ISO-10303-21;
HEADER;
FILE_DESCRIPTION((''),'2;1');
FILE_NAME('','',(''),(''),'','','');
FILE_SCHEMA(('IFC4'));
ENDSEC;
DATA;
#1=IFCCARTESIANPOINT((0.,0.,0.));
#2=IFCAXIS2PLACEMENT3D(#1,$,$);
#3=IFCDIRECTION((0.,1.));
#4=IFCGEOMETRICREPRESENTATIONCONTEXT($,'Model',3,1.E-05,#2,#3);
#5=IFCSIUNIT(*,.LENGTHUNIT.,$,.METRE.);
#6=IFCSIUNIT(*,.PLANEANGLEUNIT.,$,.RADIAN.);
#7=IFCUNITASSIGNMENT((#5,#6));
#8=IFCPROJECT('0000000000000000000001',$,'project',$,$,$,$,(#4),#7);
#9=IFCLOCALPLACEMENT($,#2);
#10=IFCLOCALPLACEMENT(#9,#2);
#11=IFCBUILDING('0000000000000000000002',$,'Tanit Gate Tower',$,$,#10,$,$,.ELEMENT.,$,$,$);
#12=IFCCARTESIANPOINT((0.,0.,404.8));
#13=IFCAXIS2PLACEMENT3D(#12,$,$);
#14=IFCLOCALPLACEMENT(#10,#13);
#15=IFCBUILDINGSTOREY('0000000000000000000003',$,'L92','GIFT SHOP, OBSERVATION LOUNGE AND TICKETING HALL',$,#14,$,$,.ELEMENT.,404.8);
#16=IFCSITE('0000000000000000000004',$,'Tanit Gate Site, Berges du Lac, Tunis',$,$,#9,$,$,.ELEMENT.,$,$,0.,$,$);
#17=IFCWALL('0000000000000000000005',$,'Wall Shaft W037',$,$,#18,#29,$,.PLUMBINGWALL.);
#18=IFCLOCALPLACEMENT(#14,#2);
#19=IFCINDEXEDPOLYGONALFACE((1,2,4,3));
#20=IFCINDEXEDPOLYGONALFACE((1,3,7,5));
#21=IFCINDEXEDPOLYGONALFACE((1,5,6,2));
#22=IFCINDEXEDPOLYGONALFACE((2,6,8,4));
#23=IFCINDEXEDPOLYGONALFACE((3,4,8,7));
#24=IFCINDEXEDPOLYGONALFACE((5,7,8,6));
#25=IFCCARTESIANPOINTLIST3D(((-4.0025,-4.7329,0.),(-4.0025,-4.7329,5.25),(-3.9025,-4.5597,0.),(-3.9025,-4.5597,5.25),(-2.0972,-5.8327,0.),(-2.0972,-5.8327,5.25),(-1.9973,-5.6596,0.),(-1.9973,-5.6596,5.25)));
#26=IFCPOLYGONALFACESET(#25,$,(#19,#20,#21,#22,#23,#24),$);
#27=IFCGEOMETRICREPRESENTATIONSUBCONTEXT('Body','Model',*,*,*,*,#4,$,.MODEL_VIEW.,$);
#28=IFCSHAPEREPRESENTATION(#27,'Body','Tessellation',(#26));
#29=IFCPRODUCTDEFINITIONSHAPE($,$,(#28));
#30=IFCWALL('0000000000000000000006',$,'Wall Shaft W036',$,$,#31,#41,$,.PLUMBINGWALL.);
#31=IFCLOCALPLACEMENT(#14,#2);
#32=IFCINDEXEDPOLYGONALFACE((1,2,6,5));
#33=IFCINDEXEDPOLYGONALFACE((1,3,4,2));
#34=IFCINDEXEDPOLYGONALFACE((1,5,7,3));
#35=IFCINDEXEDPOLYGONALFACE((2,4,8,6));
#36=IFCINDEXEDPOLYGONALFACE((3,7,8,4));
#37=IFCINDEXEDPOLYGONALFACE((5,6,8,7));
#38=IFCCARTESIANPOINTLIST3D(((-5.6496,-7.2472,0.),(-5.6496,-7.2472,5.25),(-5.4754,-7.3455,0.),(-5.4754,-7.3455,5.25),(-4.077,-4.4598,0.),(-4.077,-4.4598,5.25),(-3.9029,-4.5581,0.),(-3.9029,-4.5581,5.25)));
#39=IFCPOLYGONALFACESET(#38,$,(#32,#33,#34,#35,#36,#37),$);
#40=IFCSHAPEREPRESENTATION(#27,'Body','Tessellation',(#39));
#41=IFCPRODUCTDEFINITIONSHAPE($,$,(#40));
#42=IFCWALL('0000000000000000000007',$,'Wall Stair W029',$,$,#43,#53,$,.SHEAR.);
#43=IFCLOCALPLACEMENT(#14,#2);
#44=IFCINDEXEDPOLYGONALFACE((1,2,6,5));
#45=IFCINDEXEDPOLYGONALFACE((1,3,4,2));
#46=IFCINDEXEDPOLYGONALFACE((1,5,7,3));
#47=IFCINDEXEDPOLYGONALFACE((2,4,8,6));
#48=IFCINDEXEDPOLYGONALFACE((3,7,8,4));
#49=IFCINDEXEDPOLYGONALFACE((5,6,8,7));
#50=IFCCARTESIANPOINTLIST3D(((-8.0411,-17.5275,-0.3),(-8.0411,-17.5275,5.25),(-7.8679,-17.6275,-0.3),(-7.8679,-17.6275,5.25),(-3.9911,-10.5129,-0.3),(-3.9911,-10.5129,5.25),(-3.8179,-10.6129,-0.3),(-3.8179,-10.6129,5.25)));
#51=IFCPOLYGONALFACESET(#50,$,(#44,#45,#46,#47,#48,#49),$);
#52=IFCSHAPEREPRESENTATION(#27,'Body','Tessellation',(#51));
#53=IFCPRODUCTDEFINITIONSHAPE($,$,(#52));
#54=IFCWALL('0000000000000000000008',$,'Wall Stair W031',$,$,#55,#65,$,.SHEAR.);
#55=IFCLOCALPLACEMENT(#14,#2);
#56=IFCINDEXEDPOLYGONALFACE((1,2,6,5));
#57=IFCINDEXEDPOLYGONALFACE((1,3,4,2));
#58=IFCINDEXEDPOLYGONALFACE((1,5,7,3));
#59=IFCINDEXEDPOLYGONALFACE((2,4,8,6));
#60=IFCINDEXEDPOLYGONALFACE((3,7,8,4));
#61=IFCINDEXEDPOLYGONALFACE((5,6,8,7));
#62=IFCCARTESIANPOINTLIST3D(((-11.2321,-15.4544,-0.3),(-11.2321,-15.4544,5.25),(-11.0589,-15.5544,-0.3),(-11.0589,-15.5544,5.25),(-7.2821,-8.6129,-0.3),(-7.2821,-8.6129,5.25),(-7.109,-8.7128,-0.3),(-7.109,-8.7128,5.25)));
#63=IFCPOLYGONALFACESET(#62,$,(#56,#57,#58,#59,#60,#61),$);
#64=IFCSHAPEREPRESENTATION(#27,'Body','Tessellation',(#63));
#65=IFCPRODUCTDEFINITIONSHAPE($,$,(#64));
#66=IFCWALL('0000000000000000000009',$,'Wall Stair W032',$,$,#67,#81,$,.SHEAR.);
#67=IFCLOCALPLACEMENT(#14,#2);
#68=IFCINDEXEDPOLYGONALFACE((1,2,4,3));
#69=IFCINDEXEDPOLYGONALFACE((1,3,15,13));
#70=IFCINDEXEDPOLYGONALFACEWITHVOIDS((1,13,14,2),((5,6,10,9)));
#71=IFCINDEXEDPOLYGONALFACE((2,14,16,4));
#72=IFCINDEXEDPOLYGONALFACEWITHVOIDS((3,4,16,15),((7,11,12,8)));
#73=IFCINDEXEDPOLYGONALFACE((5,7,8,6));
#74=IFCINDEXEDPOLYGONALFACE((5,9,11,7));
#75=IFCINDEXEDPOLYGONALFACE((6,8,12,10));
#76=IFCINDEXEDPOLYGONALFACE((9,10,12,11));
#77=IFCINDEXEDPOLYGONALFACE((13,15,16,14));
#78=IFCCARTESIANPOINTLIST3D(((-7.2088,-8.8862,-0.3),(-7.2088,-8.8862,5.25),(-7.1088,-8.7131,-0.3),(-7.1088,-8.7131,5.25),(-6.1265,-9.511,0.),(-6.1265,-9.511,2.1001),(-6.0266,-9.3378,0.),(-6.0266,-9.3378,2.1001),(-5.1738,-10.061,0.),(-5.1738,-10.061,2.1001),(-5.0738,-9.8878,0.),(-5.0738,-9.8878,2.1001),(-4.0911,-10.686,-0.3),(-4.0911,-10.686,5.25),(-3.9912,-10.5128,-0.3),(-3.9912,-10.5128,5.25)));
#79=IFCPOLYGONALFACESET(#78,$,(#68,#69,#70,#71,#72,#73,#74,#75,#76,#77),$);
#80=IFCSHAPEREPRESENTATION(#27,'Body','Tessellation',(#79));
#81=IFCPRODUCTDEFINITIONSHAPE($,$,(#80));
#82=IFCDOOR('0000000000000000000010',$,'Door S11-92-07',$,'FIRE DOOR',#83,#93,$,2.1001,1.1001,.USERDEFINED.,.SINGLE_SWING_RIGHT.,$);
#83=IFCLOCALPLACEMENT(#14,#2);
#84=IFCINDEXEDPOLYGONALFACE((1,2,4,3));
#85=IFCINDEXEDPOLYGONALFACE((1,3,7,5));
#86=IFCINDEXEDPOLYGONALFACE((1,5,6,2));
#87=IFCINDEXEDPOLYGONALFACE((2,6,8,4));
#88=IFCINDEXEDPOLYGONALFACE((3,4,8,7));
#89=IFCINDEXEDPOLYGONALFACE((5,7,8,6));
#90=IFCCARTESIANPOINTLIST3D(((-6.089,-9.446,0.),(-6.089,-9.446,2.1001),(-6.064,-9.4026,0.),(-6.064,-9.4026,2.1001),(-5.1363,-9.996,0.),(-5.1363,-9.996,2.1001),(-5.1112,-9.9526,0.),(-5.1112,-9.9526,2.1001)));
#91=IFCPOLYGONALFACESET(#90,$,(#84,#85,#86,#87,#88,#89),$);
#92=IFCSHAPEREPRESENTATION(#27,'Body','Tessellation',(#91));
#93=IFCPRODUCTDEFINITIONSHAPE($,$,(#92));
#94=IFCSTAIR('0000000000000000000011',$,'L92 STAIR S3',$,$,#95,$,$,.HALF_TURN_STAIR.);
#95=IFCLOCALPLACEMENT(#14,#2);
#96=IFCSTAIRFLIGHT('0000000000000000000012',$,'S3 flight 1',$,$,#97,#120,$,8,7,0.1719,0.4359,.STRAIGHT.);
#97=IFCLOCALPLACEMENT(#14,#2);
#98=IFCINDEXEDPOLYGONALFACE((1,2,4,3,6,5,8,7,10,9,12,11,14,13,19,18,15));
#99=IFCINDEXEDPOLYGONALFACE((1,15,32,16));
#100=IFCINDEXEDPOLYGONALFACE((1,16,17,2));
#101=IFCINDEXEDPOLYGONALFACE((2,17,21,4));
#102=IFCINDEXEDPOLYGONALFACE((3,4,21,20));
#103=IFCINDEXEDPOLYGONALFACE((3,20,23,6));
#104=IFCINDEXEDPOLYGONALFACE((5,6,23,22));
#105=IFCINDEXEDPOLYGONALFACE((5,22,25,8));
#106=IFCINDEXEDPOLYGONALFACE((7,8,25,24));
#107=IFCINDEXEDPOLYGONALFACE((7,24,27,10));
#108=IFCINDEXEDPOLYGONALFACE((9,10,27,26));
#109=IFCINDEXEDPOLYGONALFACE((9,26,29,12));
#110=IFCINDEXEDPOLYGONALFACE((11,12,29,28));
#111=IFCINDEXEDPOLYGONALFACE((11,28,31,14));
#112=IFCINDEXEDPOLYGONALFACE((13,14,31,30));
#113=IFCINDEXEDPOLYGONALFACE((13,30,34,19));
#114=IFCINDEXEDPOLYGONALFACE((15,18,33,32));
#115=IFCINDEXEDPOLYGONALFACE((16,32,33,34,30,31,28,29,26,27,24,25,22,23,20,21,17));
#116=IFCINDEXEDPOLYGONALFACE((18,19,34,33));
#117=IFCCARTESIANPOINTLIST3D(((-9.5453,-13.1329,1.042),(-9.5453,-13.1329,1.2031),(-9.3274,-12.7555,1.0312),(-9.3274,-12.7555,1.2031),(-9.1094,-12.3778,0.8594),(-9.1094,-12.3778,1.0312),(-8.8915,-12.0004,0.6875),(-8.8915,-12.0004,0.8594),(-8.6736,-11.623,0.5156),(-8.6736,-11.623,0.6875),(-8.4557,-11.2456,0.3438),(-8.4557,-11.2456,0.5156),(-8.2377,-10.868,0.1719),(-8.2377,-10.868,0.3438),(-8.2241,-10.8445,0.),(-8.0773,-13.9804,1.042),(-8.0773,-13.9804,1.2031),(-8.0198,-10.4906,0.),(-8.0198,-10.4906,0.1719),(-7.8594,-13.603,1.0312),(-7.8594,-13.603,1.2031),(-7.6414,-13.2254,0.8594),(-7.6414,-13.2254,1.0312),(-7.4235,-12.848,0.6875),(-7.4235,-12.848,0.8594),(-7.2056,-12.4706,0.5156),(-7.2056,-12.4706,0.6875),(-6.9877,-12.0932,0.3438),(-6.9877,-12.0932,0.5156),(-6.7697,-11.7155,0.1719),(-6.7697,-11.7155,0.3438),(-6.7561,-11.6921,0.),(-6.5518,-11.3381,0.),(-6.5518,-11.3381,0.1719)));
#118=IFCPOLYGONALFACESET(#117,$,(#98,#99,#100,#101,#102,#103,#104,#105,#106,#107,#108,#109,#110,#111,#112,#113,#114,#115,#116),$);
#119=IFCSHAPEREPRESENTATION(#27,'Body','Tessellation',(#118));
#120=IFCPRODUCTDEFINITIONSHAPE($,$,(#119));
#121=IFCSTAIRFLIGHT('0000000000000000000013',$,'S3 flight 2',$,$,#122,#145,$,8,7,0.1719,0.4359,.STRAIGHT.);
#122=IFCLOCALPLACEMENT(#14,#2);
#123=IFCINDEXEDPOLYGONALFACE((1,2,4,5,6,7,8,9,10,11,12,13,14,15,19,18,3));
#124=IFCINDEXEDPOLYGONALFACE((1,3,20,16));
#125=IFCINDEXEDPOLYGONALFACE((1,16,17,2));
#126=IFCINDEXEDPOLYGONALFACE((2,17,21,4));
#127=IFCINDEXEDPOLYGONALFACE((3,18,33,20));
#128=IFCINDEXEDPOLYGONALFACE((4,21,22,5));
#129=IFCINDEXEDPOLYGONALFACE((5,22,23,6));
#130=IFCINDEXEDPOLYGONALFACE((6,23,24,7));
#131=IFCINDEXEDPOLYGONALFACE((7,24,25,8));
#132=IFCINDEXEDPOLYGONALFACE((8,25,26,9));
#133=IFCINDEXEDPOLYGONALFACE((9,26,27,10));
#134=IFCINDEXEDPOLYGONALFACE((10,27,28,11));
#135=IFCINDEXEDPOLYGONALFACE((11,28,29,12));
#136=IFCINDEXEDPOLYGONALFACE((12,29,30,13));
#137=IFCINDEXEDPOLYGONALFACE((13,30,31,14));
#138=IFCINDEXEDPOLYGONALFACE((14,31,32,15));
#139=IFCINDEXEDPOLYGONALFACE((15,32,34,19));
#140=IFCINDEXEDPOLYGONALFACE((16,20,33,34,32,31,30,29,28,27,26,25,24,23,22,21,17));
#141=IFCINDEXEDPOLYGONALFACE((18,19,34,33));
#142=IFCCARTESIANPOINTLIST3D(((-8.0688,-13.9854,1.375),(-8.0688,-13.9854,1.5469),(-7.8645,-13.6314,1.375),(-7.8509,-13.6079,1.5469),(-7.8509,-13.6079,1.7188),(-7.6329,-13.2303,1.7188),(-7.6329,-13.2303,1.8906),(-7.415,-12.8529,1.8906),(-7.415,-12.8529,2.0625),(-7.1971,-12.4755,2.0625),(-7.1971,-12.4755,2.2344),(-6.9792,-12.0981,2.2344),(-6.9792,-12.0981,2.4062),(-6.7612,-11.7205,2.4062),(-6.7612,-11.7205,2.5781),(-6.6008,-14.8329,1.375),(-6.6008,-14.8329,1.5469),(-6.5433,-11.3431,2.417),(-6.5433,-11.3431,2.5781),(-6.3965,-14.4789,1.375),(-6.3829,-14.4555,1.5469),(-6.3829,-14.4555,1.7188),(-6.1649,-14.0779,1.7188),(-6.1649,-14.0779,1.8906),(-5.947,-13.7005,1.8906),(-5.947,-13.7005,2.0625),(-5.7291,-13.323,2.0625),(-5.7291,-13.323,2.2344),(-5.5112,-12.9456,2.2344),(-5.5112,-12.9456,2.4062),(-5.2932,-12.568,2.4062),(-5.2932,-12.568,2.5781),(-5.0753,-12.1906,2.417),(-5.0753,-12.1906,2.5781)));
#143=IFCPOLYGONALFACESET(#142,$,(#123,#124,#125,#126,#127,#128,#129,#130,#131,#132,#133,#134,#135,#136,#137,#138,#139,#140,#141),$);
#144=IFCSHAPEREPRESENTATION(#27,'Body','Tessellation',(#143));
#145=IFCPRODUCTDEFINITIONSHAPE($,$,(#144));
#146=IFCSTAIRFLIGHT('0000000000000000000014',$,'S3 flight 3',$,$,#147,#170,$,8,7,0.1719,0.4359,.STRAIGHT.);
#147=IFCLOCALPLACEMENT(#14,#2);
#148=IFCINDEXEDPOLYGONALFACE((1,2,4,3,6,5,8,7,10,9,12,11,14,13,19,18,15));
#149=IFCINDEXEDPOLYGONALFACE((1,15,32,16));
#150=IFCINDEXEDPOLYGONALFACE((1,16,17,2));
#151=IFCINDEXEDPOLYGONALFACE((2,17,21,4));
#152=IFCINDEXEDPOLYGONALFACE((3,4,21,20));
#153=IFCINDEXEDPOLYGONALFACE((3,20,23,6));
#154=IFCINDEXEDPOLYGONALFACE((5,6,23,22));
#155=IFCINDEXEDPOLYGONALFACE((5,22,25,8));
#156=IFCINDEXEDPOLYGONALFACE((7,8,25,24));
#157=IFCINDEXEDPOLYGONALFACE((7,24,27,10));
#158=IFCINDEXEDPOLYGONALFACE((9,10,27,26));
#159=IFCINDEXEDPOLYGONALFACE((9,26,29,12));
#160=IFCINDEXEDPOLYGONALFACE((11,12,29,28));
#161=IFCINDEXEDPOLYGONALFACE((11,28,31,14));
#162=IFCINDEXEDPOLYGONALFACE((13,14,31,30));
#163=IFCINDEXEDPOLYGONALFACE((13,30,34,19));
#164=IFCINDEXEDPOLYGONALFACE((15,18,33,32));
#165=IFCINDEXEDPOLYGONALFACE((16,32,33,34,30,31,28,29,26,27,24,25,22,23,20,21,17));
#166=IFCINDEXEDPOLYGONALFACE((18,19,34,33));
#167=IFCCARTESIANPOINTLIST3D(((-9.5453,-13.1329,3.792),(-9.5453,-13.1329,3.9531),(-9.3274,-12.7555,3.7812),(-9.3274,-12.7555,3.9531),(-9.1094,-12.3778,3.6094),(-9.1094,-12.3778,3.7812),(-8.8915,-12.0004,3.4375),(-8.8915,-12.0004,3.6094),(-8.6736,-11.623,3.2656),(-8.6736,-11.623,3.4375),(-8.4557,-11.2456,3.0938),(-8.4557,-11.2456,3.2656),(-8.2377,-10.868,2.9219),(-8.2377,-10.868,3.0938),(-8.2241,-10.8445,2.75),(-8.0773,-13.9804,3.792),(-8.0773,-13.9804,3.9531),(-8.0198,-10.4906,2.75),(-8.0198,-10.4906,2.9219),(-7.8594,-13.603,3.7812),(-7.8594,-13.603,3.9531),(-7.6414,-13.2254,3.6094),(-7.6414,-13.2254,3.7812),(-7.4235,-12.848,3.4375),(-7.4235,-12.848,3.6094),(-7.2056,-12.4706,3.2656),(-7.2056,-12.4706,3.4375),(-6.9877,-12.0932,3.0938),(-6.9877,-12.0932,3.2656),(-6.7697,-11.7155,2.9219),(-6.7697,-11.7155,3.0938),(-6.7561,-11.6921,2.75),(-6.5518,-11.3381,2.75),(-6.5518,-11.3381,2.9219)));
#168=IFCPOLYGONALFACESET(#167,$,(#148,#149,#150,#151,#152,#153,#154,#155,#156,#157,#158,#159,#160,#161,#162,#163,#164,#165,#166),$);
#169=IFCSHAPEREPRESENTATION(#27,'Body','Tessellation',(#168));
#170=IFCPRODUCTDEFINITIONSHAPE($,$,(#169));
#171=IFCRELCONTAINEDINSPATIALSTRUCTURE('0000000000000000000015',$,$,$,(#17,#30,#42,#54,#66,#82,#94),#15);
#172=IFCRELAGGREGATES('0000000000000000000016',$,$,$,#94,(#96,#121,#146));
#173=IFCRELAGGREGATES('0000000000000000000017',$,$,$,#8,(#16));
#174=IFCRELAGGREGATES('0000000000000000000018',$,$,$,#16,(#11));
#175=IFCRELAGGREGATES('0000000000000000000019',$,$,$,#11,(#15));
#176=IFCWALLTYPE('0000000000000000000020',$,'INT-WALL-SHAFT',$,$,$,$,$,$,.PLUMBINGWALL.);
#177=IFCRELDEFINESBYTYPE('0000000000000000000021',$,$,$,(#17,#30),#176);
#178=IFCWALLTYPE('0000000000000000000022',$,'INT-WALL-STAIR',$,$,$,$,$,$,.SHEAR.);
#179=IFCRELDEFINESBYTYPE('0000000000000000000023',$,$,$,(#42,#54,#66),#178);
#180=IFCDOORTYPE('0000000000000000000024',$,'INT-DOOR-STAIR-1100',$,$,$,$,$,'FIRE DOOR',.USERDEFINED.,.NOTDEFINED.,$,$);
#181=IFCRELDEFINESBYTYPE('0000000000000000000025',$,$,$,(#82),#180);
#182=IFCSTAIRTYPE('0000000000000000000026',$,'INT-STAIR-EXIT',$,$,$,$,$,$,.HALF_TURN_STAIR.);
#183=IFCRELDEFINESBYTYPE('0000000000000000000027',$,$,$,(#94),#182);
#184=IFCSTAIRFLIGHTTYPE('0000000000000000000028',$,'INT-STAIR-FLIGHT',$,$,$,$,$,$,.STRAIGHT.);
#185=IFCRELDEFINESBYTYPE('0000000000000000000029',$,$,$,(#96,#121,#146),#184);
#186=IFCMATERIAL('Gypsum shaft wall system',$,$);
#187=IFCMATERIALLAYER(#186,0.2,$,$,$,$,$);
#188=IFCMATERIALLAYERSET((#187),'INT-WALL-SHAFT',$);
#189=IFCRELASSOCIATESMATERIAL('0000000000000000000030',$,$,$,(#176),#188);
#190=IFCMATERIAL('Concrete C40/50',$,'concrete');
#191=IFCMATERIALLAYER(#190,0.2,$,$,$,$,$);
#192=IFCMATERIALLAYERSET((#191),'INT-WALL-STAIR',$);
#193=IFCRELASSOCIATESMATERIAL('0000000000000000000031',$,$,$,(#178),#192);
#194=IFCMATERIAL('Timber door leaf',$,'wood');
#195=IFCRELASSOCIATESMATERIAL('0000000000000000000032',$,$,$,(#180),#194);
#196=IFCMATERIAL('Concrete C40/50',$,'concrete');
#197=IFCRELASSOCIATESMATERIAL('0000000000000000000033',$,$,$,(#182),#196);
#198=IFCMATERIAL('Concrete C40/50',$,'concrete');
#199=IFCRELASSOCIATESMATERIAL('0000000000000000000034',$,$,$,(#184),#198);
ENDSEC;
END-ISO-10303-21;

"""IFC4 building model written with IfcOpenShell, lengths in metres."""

from ifc_helpers import new_model, si_unit, direction, frame, frame_2d, origin, place, context, subcontext, project, spatial, polyline, rectangle, outline, extrude, material, layer, layer_set, type_object, element, fill, aggregate, save


model = new_model("IFC4")

# Units and contexts
model_context = context("Model", 3, precision=1e-05, world=origin(), true_north=direction((0.0, 1.0)))
body_context = subcontext(model_context, "Body", "Model", "MODEL_VIEW")
ifc_project = project(units=[si_unit("LENGTHUNIT", "METRE"), si_unit("PLANEANGLEUNIT", "RADIAN")], contexts=[model_context])

# Site, building, storey
site_placement = place(None, origin())
site = spatial("IfcSite", under=ifc_project, at=site_placement, Name="Tanit Gate Site, Berges du Lac, Tunis", CompositionType="ELEMENT", RefElevation=0.0)
building_placement = place(site_placement, origin())
building = spatial("IfcBuilding", under=site, at=building_placement, Name="Tanit Gate Tower", CompositionType="ELEMENT")
storey_placement = place(building_placement, frame((0.0, 0.0, 404.8)))
storey = spatial("IfcBuildingStorey", under=building, at=storey_placement, Name="L92", Description="GIFT SHOP, OBSERVATION LOUNGE AND TICKETING HALL", CompositionType="ELEMENT", Elevation=404.8)

# Shared definitions
ifc_material_1 = material(Name="Gypsum shaft wall system")
ifc_layer_1 = layer(ifc_material_1, 0.2)
ifc_layer_set_1 = layer_set([ifc_layer_1], Name="INT-WALL-SHAFT")
wall_type_1 = type_object("IfcWallType", Name="INT-WALL-SHAFT", PredefinedType="PLUMBINGWALL", material=ifc_layer_set_1)

# Walls
wall_1_placement = place(storey_placement, frame((-3.9526, -4.6462, 0.0), z_axis=(0.0, 0.0, 1.0), x_axis=(0.866056, -0.499947, 0.0)))
element("IfcWall", 1, at=wall_1_placement, inside=storey, type_object=wall_type_1, Name="Wall Shaft W037", PredefinedType="PLUMBINGWALL", context=body_context, shape_type="SweptSolid", body=[
    extrude(rectangle(XDim=2.2, YDim=0.2, at=frame_2d((1.1001, 0.0))), origin(), (0.0, 0.0, 1.0), 5.25),
])
wall_2_placement = place(storey_placement, frame((-3.99, -4.509, 0.0), z_axis=(0.0, 0.0, 1.0), x_axis=(-0.491358, -0.870958, 0.0)))
element("IfcWall", 2, at=wall_2_placement, inside=storey, type_object=wall_type_1, Name="Wall Shaft W036", PredefinedType="PLUMBINGWALL", context=body_context, shape_type="SweptSolid", body=[
    extrude(rectangle(XDim=3.2004, YDim=0.2, at=frame_2d((1.6001, 0.0))), origin(), (0.0, 0.0, 1.0), 5.25),
])
ifc_material_2 = material(Name="Concrete C40/50", Category="concrete")
ifc_layer_2 = layer(ifc_material_2, 0.2)
ifc_layer_set_2 = layer_set([ifc_layer_2], Name="INT-WALL-STAIR")
wall_type_2 = type_object("IfcWallType", Name="INT-WALL-STAIR", PredefinedType="SHEAR", material=ifc_layer_set_2)
wall_3_placement = place(storey_placement, frame((-3.9045, -10.563, -0.3), z_axis=(0.0, 0.0, 1.0), x_axis=(-0.500013, -0.866018, 0.0)))
element("IfcWall", 3, at=wall_3_placement, inside=storey, type_object=wall_type_2, Name="Wall Stair W029", PredefinedType="SHEAR", context=body_context, shape_type="SweptSolid", body=[
    extrude(rectangle(XDim=8.0999, YDim=0.2, at=frame_2d((4.0498, 0.0))), origin(), (0.0, 0.0, 1.0), 5.55),
])
wall_4_placement = place(storey_placement, frame((-7.1956, -8.6628, -0.3), z_axis=(0.0, 0.0, 1.0), x_axis=(-0.499998, -0.866027, 0.0)))
element("IfcWall", 4, at=wall_4_placement, inside=storey, type_object=wall_type_2, Name="Wall Stair W031", PredefinedType="SHEAR", context=body_context, shape_type="SweptSolid", body=[
    extrude(rectangle(XDim=7.8999, YDim=0.2, at=frame_2d((3.95, 0.0))), origin(), (0.0, 0.0, 1.0), 5.55),
])

# Wall, opening, door
wall_5_placement = place(storey_placement, frame((-4.0413, -10.5994, -0.3), z_axis=(0.0, 0.0, 1.0), x_axis=(-0.866048, 0.499961, 0.0)))
wall_5 = element("IfcWall", 5, at=wall_5_placement, inside=storey, type_object=wall_type_2, Name="Wall Stair W032", PredefinedType="SHEAR", context=body_context, shape_type="SweptSolid", body=[
    extrude(rectangle(XDim=3.5999, YDim=0.2, at=frame_2d((1.7998, 0.0))), origin(), (0.0, 0.0, 1.0), 5.55),
])
opening_1_placement = place(wall_5_placement, frame((1.25, 0.0, 0.3)))
opening_1 = element("IfcOpeningElement", 6, at=opening_1_placement, cuts=wall_5, PredefinedType="OPENING", context=body_context, shape_type="SweptSolid", body=[
    extrude(rectangle(XDim=1.1001, YDim=2.1001, at=frame_2d((0.55, 1.05))), frame((0.0, 0.1099, 0.0), z_axis=(0.0, -1.0, 0.0), x_axis=(1.0, 0.0, 0.0)), (0.0, 0.0, 1.0), 0.22),
])
ifc_material_3 = material(Name="Timber door leaf", Category="wood")
door_type_1 = type_object("IfcDoorType", Name="INT-DOOR-STAIR-1100", ElementType="FIRE DOOR", OperationType="NOTDEFINED", PredefinedType="USERDEFINED", material=ifc_material_3)
door_1_placement = place(opening_1_placement, origin())
door_1 = element("IfcDoor", 7, at=door_1_placement, inside=storey, type_object=door_type_1, Name="Door S11-92-07", ObjectType="FIRE DOOR", OperationType="SINGLE_SWING_RIGHT", OverallHeight=2.1001, OverallWidth=1.1001, PredefinedType="USERDEFINED", context=body_context, shape_type="SweptSolid", body=[
    extrude(rectangle(XDim=1.1001, YDim=2.1001, at=frame_2d((0.55, 1.05))), frame((0.0, 0.0249, 0.0), z_axis=(0.0, -1.0, 0.0), x_axis=(1.0, 0.0, 0.0)), (0.0, 0.0, 1.0), 0.05),
])
fill(opening_1, door_1)

# Stair, stair flights
ifc_material_4 = material(Name="Concrete C40/50", Category="concrete")
stair_type = type_object("IfcStairType", Name="INT-STAIR-EXIT", PredefinedType="HALF_TURN_STAIR", material=ifc_material_4)
stair_placement = place(storey_placement, origin())
stair = element("IfcStair", 8, at=stair_placement, inside=storey, type_object=stair_type, Name="L92 STAIR S3", PredefinedType="HALF_TURN_STAIR")
ifc_material_5 = material(Name="Concrete C40/50", Category="concrete")
stair_flight_type = type_object("IfcStairFlightType", Name="INT-STAIR-FLIGHT", PredefinedType="STRAIGHT", material=ifc_material_5)
stair_flight_1_placement = place(storey_placement, frame((-7.2859, -10.9143, 0.0), z_axis=(0.0, 0.0, 1.0), x_axis=(-0.5, -0.866025, 0.0)))
stair_flight_1 = element("IfcStairFlight", 9, at=stair_flight_1_placement, type_object=stair_flight_type, Name="S3 flight 1", NumberOfRisers=8, NumberOfTreads=7, PredefinedType="STRAIGHT", RiserHeight=0.1719, TreadLength=0.4359, context=body_context, shape_type="SweptSolid", body=[
    extrude(outline(polyline([(0.0, 0.0), (0.0, 0.1719), (0.4358, 0.1719), (0.4358, 0.3438), (0.8718, 0.3438), (0.8718, 0.5156), (1.3076, 0.5156), (1.3076, 0.6875), (1.7434, 0.6875), (1.7434, 0.8594), (2.1792, 0.8594), (2.1792, 1.0312), (2.6152, 1.0312), (2.6152, 1.2031), (3.051, 1.2031), (3.051, 1.375), (3.051, 1.042), (0.4087, 0.0), (0.0, 0.0)])), frame((0.0, 0.8477, 0.0), z_axis=(0.0, -1.0, 0.0), x_axis=(1.0, 0.0, 0.0)), (0.0, 0.0, 1.0), 1.6951),
])
stair_flight_2_placement = place(storey_placement, frame((-7.3347, -14.4092, 1.375), z_axis=(0.0, 0.0, 1.0), x_axis=(0.5, 0.866025, 0.0)))
stair_flight_2 = element("IfcStairFlight", 10, at=stair_flight_2_placement, type_object=stair_flight_type, Name="S3 flight 2", NumberOfRisers=8, NumberOfTreads=7, PredefinedType="STRAIGHT", RiserHeight=0.1719, TreadLength=0.4359, context=body_context, shape_type="SweptSolid", body=[
    extrude(outline(polyline([(0.0, 0.0), (0.0, 0.1719), (0.4358, 0.1719), (0.4358, 0.3438), (0.8718, 0.3438), (0.8718, 0.5156), (1.3076, 0.5156), (1.3076, 0.6875), (1.7434, 0.6875), (1.7434, 0.8594), (2.1792, 0.8594), (2.1792, 1.0312), (2.6152, 1.0312), (2.6152, 1.2031), (3.051, 1.2031), (3.051, 1.375), (3.051, 1.042), (0.4087, 0.0), (0.0, 0.0)])), frame((0.0, 0.8477, 0.0), z_axis=(0.0, -1.0, 0.0), x_axis=(1.0, 0.0, 0.0)), (0.0, 0.0, 1.0), 1.6951),
])
stair_flight_3_placement = place(storey_placement, frame((-7.2859, -10.9143, 2.75), z_axis=(0.0, 0.0, 1.0), x_axis=(-0.5, -0.866025, 0.0)))
stair_flight_3 = element("IfcStairFlight", 11, at=stair_flight_3_placement, type_object=stair_flight_type, Name="S3 flight 3", NumberOfRisers=8, NumberOfTreads=7, PredefinedType="STRAIGHT", RiserHeight=0.1719, TreadLength=0.4359, context=body_context, shape_type="SweptSolid", body=[
    extrude(outline(polyline([(0.0, 0.0), (0.0, 0.1719), (0.4358, 0.1719), (0.4358, 0.3438), (0.8718, 0.3438), (0.8718, 0.5156), (1.3076, 0.5156), (1.3076, 0.6875), (1.7434, 0.6875), (1.7434, 0.8594), (2.1792, 0.8594), (2.1792, 1.0312), (2.6152, 1.0312), (2.6152, 1.2031), (3.051, 1.2031), (3.051, 1.375), (3.051, 1.042), (0.4087, 0.0), (0.0, 0.0)])), frame((0.0, 0.8477, 0.0), z_axis=(0.0, -1.0, 0.0), x_axis=(1.0, 0.0, 0.0)), (0.0, 0.0, 1.0), 1.6951),
])
aggregate(stair, [stair_flight_1, stair_flight_2, stair_flight_3])

save(model, "model.ifc")
